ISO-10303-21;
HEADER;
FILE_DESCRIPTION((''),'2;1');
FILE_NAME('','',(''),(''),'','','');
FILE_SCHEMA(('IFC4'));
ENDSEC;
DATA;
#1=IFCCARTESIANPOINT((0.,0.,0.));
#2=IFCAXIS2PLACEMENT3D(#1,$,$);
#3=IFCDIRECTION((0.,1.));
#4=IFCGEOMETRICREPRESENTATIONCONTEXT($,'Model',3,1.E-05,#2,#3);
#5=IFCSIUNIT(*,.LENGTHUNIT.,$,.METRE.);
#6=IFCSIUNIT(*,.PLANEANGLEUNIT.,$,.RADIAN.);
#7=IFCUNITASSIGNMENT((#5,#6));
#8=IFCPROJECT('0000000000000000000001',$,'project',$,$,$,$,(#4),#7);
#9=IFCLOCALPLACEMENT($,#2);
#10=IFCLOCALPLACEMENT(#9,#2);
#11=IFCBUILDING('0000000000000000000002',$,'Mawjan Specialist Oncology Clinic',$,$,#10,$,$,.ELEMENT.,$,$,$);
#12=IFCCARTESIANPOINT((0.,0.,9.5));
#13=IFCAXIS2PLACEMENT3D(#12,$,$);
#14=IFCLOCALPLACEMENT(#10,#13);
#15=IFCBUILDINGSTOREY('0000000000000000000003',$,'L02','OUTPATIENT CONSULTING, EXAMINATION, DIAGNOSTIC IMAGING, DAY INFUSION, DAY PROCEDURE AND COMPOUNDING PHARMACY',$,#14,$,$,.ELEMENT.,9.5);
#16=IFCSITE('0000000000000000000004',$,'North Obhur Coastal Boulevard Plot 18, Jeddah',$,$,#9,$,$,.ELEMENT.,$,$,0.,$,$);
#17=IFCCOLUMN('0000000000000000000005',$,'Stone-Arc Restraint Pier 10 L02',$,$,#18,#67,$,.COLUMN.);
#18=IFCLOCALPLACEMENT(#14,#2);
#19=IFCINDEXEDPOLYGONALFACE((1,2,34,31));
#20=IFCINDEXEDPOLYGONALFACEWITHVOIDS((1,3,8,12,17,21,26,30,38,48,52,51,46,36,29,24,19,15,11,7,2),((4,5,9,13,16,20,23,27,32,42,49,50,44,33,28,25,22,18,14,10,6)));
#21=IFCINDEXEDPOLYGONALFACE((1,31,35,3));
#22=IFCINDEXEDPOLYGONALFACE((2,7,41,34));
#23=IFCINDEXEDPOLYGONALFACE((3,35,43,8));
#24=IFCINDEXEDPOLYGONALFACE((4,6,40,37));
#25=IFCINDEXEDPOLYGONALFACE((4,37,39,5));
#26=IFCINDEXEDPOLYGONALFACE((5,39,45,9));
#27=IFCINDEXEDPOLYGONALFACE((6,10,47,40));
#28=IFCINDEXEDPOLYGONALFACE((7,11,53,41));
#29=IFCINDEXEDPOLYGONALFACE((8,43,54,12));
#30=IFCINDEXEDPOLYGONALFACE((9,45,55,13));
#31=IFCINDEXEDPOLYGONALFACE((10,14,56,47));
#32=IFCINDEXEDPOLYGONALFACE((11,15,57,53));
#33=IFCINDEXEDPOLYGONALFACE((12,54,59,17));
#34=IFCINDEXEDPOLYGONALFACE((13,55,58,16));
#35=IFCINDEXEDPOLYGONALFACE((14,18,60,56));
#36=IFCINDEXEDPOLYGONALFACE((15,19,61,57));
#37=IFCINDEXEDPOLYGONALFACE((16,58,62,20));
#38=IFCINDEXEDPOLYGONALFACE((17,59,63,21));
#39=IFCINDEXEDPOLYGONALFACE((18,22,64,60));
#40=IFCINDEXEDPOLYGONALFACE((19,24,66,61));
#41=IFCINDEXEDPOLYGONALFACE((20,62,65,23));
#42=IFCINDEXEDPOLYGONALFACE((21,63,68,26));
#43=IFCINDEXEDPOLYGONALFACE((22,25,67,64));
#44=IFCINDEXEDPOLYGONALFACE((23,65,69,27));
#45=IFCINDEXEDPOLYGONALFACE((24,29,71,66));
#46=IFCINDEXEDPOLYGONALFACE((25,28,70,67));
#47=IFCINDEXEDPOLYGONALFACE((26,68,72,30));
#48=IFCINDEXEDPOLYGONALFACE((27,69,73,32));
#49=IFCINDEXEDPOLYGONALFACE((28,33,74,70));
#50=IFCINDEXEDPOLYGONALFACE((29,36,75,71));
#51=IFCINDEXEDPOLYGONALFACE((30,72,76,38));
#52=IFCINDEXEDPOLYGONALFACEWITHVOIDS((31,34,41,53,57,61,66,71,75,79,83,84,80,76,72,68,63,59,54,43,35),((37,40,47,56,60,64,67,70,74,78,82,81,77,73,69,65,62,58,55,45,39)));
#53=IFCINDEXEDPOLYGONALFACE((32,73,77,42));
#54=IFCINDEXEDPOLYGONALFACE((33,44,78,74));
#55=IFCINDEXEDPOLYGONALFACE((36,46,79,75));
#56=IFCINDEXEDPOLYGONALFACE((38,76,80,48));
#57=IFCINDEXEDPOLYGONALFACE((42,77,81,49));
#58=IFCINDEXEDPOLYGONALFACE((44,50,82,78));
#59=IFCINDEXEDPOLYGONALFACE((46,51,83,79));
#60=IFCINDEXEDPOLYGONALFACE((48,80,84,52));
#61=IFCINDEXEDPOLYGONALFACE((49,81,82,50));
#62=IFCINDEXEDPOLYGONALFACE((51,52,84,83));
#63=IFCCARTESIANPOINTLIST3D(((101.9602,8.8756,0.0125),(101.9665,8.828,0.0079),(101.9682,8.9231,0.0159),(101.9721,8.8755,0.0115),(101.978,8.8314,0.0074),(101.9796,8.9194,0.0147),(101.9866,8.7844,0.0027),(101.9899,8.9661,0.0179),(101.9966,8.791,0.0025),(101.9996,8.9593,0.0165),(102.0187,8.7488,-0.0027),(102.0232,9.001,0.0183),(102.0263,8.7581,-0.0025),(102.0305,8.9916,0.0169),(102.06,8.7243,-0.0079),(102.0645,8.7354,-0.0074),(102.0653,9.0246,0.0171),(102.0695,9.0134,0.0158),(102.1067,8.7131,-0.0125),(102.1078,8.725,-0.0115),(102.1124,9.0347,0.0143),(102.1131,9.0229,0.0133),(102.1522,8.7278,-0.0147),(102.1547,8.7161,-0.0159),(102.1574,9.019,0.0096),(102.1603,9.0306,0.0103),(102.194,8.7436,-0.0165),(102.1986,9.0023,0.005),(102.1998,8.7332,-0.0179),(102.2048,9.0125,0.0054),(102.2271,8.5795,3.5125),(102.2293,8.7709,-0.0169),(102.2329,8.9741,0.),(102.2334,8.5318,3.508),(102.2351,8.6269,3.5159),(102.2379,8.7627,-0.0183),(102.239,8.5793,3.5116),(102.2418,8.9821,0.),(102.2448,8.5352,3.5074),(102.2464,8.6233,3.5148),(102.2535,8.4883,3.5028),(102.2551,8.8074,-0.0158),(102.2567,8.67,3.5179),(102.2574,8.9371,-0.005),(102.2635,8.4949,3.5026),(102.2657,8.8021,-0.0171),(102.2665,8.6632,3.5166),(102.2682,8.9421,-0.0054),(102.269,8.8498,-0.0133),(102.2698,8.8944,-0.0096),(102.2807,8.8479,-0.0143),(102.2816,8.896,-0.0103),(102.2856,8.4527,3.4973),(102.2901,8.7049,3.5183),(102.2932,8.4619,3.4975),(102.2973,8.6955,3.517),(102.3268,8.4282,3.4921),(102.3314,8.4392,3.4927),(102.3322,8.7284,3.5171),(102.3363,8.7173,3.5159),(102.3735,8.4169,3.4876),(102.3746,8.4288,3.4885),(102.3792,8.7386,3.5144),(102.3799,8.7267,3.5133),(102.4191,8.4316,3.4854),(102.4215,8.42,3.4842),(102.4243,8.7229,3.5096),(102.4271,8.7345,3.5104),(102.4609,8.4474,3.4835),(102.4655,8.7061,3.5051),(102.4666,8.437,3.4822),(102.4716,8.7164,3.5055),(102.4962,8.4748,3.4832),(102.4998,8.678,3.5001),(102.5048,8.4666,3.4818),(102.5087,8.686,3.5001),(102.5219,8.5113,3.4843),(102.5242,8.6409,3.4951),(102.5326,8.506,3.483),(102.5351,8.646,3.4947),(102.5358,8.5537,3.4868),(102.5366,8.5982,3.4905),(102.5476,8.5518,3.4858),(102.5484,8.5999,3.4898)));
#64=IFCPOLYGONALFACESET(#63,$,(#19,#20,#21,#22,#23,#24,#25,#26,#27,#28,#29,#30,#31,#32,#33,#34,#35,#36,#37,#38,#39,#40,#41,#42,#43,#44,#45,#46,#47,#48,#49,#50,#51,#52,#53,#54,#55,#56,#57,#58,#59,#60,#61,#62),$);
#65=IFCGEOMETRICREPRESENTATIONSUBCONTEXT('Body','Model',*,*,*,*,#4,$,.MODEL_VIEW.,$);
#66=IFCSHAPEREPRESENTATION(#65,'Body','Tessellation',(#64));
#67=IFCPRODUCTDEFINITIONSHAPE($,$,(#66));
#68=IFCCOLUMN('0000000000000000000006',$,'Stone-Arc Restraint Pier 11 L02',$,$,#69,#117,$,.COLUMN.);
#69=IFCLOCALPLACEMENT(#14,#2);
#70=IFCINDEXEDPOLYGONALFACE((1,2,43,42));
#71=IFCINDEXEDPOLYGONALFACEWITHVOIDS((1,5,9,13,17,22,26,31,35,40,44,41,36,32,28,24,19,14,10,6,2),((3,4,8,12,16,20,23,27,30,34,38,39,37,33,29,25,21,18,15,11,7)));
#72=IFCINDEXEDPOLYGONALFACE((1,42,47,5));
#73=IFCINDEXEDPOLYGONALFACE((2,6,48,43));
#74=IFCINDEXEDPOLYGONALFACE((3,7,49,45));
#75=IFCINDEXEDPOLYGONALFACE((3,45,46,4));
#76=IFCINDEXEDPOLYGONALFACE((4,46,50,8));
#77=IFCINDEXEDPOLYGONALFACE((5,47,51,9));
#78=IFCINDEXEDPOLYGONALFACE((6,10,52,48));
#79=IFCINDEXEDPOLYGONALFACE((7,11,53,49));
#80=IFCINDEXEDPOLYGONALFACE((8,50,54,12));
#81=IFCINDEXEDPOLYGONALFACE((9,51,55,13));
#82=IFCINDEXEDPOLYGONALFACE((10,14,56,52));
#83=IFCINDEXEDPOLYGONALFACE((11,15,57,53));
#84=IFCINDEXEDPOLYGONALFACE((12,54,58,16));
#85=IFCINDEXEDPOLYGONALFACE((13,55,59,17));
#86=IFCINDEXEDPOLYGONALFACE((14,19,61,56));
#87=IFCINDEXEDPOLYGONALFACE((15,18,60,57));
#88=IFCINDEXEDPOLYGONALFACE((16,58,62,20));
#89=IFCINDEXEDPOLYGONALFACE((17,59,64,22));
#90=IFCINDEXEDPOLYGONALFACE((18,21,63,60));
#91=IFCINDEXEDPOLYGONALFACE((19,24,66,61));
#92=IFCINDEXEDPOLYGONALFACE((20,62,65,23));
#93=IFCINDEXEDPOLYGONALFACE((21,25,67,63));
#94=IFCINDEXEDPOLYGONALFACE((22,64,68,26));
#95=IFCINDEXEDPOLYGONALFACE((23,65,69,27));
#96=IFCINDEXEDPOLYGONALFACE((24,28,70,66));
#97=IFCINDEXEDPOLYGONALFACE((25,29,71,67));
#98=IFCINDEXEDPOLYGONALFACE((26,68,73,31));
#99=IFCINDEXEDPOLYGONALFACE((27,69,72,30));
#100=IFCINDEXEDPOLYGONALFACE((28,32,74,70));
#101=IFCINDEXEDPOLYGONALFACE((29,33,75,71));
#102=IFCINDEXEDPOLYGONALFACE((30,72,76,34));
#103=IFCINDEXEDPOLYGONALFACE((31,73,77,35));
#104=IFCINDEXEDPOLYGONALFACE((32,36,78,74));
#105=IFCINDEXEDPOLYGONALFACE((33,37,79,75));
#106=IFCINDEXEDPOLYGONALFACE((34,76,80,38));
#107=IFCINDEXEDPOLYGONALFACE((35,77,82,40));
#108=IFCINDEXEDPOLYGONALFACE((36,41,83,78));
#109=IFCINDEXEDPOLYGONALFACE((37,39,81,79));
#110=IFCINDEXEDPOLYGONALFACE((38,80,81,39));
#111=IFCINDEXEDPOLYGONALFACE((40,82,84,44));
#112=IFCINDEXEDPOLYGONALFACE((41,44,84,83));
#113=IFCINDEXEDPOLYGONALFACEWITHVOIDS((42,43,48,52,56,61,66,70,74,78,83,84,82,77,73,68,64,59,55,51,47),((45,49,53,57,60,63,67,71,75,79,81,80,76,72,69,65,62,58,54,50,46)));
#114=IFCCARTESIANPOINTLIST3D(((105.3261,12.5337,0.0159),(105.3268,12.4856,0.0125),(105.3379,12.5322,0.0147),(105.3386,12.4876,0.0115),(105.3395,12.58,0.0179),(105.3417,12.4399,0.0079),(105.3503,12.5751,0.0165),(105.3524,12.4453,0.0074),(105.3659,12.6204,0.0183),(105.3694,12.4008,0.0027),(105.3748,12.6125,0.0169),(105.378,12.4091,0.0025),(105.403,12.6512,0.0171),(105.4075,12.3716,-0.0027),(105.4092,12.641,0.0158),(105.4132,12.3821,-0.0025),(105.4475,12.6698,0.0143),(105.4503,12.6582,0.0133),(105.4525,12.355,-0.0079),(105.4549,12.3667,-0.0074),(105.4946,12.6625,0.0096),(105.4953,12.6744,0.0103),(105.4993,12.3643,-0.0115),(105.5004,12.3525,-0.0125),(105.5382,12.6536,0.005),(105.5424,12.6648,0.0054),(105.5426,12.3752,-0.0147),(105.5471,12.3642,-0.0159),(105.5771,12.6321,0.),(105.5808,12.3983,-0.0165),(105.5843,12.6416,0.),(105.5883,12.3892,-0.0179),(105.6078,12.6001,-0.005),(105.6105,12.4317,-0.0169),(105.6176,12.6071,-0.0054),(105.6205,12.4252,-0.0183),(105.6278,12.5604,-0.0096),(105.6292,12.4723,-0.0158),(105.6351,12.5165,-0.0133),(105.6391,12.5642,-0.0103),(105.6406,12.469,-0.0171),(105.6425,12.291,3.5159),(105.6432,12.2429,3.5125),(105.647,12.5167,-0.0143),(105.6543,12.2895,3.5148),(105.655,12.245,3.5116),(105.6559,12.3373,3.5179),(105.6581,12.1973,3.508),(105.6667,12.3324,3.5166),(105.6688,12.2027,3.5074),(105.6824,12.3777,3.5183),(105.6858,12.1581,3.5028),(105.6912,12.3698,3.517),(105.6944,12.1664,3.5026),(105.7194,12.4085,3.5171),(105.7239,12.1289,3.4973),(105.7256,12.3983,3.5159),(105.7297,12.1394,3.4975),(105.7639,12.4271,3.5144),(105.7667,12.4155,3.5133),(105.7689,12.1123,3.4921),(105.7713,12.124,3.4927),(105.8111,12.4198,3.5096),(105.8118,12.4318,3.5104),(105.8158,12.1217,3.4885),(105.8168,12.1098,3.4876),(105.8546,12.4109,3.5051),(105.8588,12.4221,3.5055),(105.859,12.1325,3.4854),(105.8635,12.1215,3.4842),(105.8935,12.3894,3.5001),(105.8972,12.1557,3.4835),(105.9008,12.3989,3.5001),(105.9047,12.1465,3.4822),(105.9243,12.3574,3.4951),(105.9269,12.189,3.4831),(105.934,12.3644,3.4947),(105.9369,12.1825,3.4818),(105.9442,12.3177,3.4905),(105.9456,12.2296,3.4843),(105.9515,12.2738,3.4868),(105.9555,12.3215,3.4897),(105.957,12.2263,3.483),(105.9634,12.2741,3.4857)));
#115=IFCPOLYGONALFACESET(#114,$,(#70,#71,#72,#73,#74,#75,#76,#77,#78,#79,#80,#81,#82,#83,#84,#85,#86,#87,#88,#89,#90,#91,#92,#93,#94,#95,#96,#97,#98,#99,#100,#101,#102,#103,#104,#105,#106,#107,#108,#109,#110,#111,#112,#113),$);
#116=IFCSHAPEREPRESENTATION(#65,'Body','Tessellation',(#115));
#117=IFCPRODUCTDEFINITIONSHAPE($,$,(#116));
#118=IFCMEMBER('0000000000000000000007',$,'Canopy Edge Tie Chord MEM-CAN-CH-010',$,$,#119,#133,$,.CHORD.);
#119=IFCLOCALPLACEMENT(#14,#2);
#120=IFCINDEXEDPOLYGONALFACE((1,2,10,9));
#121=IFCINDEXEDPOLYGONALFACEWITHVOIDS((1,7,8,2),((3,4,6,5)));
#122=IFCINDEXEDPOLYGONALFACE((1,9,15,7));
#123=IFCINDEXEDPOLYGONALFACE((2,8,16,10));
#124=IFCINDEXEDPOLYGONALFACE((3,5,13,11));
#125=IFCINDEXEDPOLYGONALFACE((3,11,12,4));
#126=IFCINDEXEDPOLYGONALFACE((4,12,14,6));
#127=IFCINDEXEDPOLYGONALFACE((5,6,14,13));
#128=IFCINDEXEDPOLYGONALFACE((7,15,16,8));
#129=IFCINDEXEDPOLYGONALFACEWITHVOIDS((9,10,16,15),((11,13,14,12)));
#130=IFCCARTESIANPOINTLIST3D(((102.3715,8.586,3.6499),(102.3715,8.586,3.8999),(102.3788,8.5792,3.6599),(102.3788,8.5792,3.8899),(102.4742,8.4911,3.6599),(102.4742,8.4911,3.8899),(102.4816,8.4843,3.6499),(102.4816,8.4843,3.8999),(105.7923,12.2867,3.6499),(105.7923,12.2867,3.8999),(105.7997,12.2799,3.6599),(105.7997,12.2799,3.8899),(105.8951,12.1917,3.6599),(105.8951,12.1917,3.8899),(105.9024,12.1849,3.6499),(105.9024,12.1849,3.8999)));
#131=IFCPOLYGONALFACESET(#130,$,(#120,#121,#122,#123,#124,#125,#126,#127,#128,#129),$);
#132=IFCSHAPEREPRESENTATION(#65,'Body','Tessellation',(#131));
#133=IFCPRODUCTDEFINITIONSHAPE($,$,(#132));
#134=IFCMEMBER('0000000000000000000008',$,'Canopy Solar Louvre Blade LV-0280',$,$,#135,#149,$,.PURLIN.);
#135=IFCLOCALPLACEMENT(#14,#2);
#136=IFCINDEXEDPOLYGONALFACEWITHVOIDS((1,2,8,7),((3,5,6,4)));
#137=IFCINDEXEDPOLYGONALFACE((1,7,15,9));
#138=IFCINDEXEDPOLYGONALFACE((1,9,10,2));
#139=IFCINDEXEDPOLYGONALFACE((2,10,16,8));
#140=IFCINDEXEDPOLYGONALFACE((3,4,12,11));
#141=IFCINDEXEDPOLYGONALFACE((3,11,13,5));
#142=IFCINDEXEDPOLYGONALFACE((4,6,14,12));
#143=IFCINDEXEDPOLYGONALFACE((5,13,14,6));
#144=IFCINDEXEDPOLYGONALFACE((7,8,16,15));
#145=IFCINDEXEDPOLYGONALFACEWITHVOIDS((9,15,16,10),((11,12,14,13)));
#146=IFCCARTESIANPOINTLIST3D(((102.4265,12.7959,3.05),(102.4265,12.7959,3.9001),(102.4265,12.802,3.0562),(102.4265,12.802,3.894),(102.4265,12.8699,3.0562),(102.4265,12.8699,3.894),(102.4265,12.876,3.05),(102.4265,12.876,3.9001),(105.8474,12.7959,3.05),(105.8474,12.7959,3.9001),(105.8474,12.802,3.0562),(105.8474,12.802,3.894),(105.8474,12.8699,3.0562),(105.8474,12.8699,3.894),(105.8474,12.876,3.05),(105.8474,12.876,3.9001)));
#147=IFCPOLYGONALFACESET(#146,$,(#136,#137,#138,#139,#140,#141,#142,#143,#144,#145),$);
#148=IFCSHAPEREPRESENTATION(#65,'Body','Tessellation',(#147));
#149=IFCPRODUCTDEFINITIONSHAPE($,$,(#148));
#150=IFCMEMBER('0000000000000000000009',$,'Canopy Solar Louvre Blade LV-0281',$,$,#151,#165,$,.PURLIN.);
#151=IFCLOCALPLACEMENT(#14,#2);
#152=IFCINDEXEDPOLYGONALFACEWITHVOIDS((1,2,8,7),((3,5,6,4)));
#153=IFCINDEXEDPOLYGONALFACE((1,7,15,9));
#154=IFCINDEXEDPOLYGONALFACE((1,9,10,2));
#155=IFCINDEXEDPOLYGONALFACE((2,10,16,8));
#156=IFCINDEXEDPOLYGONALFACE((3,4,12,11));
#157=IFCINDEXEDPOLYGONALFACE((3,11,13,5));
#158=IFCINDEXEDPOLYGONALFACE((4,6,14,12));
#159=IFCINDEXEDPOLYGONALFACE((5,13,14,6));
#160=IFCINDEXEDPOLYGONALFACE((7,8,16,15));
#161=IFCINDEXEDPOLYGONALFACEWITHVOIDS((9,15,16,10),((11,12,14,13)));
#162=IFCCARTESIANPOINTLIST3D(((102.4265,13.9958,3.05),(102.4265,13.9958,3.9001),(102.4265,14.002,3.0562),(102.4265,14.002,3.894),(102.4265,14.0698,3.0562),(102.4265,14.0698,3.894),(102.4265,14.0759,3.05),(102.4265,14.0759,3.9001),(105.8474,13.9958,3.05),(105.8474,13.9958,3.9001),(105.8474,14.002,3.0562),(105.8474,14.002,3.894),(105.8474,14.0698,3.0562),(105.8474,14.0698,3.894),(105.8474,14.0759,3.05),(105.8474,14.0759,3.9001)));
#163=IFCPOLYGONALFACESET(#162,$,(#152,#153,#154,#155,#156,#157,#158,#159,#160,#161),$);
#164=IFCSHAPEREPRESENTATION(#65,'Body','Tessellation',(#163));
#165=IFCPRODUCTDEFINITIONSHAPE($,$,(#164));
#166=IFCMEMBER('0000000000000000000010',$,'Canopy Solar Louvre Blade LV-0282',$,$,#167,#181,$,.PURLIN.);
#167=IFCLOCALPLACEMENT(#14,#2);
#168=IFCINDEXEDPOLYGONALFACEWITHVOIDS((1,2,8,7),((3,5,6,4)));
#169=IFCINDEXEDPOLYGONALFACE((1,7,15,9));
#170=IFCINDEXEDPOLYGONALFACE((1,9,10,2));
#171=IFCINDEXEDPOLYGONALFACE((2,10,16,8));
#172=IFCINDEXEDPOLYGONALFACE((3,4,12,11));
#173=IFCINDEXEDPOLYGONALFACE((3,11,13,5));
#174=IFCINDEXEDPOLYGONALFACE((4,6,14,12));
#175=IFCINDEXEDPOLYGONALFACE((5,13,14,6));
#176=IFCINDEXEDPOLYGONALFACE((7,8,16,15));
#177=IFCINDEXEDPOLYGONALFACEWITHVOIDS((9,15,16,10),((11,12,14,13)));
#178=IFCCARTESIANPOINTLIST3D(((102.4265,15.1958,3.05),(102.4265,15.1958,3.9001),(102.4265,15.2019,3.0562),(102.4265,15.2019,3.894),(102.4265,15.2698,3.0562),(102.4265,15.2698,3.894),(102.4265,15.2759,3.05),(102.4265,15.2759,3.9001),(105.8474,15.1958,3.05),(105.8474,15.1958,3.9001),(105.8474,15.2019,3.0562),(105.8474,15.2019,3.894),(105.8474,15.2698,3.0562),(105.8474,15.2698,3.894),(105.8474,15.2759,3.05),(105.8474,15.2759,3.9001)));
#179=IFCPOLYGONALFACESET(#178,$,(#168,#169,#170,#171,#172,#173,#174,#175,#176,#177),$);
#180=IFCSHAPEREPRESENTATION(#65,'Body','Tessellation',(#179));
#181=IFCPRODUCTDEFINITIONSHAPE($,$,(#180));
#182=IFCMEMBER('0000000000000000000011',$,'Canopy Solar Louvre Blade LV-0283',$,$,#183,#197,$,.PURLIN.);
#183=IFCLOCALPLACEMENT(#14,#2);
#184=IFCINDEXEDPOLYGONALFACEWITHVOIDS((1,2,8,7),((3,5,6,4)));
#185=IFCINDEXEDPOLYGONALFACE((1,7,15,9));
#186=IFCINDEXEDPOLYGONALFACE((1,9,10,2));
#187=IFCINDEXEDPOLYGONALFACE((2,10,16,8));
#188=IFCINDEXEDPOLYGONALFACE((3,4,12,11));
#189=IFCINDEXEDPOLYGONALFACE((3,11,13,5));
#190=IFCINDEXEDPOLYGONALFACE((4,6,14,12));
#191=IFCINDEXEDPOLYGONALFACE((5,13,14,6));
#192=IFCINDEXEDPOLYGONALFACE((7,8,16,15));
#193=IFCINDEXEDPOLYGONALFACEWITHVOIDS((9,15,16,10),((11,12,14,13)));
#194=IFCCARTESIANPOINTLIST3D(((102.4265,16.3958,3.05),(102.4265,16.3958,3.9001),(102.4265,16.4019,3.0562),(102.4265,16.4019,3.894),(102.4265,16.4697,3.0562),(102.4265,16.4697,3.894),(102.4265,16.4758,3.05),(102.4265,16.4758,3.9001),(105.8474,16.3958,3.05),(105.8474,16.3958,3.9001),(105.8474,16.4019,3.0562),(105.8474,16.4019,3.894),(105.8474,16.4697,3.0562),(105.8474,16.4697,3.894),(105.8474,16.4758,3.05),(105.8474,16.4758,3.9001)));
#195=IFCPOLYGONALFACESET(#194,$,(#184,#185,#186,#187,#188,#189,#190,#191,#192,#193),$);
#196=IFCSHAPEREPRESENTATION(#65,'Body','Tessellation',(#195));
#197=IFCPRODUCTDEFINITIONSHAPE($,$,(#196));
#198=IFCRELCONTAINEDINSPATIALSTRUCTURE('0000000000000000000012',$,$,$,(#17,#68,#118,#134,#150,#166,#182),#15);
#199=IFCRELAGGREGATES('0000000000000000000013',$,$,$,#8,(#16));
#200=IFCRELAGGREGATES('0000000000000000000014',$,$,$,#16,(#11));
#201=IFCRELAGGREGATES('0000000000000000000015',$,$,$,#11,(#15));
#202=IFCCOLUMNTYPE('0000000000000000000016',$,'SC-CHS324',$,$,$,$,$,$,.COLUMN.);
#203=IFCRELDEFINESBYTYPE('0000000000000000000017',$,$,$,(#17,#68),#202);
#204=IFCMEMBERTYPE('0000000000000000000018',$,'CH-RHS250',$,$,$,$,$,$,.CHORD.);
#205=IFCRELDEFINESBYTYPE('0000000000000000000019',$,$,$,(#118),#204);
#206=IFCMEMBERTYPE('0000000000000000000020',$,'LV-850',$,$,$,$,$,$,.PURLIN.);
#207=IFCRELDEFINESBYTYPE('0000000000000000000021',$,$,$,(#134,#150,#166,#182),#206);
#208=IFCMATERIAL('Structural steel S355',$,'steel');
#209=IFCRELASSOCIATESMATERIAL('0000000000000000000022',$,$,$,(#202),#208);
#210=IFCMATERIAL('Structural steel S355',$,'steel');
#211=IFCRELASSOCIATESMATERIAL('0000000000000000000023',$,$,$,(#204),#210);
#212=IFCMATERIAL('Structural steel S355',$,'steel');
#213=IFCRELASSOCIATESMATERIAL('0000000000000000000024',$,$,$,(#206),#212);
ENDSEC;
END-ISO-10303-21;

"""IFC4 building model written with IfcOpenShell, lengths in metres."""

from ifc_helpers import new_model, si_unit, direction, frame, origin, origin_2d, place, context, subcontext, project, spatial, hollow_rectangle, hollow_circle, extrude, material, material_profile, profile_set, type_object, element, save


model = new_model("IFC4")

# Units and contexts
model_context = context("Model", 3, precision=1e-05, world=origin(), true_north=direction((0.0, 1.0)))
body_context = subcontext(model_context, "Body", "Model", "MODEL_VIEW")
ifc_project = project(units=[si_unit("LENGTHUNIT", "METRE"), si_unit("PLANEANGLEUNIT", "RADIAN")], contexts=[model_context])

# Site, building, storey
site_placement = place(None, origin())
site = spatial("IfcSite", under=ifc_project, at=site_placement, Name="North Obhur Coastal Boulevard Plot 18, Jeddah", CompositionType="ELEMENT", RefElevation=0.0)
building_placement = place(site_placement, origin())
building = spatial("IfcBuilding", under=site, at=building_placement, Name="Mawjan Specialist Oncology Clinic", CompositionType="ELEMENT")
storey_placement = place(building_placement, frame((0.0, 0.0, 9.5)))
storey = spatial("IfcBuildingStorey", under=building, at=storey_placement, Name="L02", Description="OUTPATIENT CONSULTING, EXAMINATION, DIAGNOSTIC IMAGING, DAY INFUSION, DAY PROCEDURE AND COMPOUNDING PHARMACY", CompositionType="ELEMENT", Elevation=9.5)

# Columns
ifc_material_1 = material(Name="Structural steel S355", Category="steel")
ifc_material_profile_1 = material_profile(ifc_material_1, hollow_circle(Radius=0.1619, WallThickness=0.012, at=origin_2d()), Name="CHS 323.9x12", Category="steel")
ifc_profile_set_1 = profile_set([ifc_material_profile_1], Name="Structural steel S355")
column_type = type_object("IfcColumnType", Name="SC-CHS324", PredefinedType="COLUMN", material=ifc_profile_set_1)
for number, where, z_axis, x_axis, name in (
    (1, (102.1216, 8.8738, 0.0), (0.075752, -0.084069, 0.993576), (0.742898, 0.669404, 0.0), "Stone-Arc Restraint Pier 10 L02"),
    (2, (105.4858, 12.5132, 0.0), (0.089821, -0.06889, 0.993573), (0.608586, 0.793488, 0.0), "Stone-Arc Restraint Pier 11 L02"),
):
    element("IfcColumn", number, at=place(storey_placement, frame(where, z_axis=z_axis, x_axis=x_axis)), inside=storey, type_object=column_type, Name=name, PredefinedType="COLUMN", context=body_context, shape_type="SweptSolid", body=[
        extrude(hollow_circle(Radius=0.1619, WallThickness=0.012, at=origin_2d()), origin(), (0.0, 0.0, 1.0), 3.5227),
    ])

# Members
ifc_material_2 = material(Name="Structural steel S355", Category="steel")
ifc_material_profile_2 = material_profile(ifc_material_2, hollow_rectangle(XDim=0.1499, YDim=0.25, WallThickness=0.01, at=origin_2d()), Name="RHS 250x150x10", Category="steel")
ifc_profile_set_2 = profile_set([ifc_material_profile_2], Name="Structural steel S355")
member_type_1 = type_object("IfcMemberType", Name="CH-RHS250", PredefinedType="CHORD", material=ifc_profile_set_2)
member_placement = place(storey_placement, frame((102.4265, 8.5352, 3.7749), z_axis=(0.678803, 0.73432, 0.0), x_axis=(-0.73432, 0.678803, 0.0)))
element("IfcMember", 3, at=member_placement, inside=storey, type_object=member_type_1, Name="Canopy Edge Tie Chord MEM-CAN-CH-010", PredefinedType="CHORD", context=body_context, shape_type="SweptSolid", body=[
    extrude(hollow_rectangle(XDim=0.1499, YDim=0.25, WallThickness=0.01, at=origin_2d()), origin(), (0.0, 0.0, 1.0), 5.0396),
])
ifc_material_3 = material(Name="Structural steel S355", Category="steel")
ifc_material_profile_3 = material_profile(ifc_material_3, hollow_rectangle(XDim=0.0801, YDim=0.8501, WallThickness=0.0061, at=origin_2d()), Name="LOUVRE 850x80x6", Category="steel")
ifc_profile_set_3 = profile_set([ifc_material_profile_3], Name="Structural steel S355")
member_type_2 = type_object("IfcMemberType", Name="LV-850", PredefinedType="PURLIN", material=ifc_profile_set_3)
for number, where, z_axis, x_axis, name in (
    (4, (102.4265, 12.8359, 3.4751), (1.0, 0.0, 0.0), (0.0, 1.0, 0.0), "Canopy Solar Louvre Blade LV-0280"),
    (5, (102.4265, 14.0359, 3.4751), (1.0, 0.0, 0.0), (0.0, 1.0, 0.0), "Canopy Solar Louvre Blade LV-0281"),
    (6, (102.4265, 15.2358, 3.4751), (1.0, 0.0, 0.0), (0.0, 1.0, 0.0), "Canopy Solar Louvre Blade LV-0282"),
    (7, (102.4265, 16.4358, 3.4751), (1.0, 0.0, 0.0), (0.0, 1.0, 0.0), "Canopy Solar Louvre Blade LV-0283"),
):
    element("IfcMember", number, at=place(storey_placement, frame(where, z_axis=z_axis, x_axis=x_axis)), inside=storey, type_object=member_type_2, Name=name, PredefinedType="PURLIN", context=body_context, shape_type="SweptSolid", body=[
        extrude(hollow_rectangle(XDim=0.0801, YDim=0.8501, WallThickness=0.0061, at=origin_2d()), origin(), (0.0, 0.0, 1.0), 3.4209),
    ])

save(model, "model.ifc")
